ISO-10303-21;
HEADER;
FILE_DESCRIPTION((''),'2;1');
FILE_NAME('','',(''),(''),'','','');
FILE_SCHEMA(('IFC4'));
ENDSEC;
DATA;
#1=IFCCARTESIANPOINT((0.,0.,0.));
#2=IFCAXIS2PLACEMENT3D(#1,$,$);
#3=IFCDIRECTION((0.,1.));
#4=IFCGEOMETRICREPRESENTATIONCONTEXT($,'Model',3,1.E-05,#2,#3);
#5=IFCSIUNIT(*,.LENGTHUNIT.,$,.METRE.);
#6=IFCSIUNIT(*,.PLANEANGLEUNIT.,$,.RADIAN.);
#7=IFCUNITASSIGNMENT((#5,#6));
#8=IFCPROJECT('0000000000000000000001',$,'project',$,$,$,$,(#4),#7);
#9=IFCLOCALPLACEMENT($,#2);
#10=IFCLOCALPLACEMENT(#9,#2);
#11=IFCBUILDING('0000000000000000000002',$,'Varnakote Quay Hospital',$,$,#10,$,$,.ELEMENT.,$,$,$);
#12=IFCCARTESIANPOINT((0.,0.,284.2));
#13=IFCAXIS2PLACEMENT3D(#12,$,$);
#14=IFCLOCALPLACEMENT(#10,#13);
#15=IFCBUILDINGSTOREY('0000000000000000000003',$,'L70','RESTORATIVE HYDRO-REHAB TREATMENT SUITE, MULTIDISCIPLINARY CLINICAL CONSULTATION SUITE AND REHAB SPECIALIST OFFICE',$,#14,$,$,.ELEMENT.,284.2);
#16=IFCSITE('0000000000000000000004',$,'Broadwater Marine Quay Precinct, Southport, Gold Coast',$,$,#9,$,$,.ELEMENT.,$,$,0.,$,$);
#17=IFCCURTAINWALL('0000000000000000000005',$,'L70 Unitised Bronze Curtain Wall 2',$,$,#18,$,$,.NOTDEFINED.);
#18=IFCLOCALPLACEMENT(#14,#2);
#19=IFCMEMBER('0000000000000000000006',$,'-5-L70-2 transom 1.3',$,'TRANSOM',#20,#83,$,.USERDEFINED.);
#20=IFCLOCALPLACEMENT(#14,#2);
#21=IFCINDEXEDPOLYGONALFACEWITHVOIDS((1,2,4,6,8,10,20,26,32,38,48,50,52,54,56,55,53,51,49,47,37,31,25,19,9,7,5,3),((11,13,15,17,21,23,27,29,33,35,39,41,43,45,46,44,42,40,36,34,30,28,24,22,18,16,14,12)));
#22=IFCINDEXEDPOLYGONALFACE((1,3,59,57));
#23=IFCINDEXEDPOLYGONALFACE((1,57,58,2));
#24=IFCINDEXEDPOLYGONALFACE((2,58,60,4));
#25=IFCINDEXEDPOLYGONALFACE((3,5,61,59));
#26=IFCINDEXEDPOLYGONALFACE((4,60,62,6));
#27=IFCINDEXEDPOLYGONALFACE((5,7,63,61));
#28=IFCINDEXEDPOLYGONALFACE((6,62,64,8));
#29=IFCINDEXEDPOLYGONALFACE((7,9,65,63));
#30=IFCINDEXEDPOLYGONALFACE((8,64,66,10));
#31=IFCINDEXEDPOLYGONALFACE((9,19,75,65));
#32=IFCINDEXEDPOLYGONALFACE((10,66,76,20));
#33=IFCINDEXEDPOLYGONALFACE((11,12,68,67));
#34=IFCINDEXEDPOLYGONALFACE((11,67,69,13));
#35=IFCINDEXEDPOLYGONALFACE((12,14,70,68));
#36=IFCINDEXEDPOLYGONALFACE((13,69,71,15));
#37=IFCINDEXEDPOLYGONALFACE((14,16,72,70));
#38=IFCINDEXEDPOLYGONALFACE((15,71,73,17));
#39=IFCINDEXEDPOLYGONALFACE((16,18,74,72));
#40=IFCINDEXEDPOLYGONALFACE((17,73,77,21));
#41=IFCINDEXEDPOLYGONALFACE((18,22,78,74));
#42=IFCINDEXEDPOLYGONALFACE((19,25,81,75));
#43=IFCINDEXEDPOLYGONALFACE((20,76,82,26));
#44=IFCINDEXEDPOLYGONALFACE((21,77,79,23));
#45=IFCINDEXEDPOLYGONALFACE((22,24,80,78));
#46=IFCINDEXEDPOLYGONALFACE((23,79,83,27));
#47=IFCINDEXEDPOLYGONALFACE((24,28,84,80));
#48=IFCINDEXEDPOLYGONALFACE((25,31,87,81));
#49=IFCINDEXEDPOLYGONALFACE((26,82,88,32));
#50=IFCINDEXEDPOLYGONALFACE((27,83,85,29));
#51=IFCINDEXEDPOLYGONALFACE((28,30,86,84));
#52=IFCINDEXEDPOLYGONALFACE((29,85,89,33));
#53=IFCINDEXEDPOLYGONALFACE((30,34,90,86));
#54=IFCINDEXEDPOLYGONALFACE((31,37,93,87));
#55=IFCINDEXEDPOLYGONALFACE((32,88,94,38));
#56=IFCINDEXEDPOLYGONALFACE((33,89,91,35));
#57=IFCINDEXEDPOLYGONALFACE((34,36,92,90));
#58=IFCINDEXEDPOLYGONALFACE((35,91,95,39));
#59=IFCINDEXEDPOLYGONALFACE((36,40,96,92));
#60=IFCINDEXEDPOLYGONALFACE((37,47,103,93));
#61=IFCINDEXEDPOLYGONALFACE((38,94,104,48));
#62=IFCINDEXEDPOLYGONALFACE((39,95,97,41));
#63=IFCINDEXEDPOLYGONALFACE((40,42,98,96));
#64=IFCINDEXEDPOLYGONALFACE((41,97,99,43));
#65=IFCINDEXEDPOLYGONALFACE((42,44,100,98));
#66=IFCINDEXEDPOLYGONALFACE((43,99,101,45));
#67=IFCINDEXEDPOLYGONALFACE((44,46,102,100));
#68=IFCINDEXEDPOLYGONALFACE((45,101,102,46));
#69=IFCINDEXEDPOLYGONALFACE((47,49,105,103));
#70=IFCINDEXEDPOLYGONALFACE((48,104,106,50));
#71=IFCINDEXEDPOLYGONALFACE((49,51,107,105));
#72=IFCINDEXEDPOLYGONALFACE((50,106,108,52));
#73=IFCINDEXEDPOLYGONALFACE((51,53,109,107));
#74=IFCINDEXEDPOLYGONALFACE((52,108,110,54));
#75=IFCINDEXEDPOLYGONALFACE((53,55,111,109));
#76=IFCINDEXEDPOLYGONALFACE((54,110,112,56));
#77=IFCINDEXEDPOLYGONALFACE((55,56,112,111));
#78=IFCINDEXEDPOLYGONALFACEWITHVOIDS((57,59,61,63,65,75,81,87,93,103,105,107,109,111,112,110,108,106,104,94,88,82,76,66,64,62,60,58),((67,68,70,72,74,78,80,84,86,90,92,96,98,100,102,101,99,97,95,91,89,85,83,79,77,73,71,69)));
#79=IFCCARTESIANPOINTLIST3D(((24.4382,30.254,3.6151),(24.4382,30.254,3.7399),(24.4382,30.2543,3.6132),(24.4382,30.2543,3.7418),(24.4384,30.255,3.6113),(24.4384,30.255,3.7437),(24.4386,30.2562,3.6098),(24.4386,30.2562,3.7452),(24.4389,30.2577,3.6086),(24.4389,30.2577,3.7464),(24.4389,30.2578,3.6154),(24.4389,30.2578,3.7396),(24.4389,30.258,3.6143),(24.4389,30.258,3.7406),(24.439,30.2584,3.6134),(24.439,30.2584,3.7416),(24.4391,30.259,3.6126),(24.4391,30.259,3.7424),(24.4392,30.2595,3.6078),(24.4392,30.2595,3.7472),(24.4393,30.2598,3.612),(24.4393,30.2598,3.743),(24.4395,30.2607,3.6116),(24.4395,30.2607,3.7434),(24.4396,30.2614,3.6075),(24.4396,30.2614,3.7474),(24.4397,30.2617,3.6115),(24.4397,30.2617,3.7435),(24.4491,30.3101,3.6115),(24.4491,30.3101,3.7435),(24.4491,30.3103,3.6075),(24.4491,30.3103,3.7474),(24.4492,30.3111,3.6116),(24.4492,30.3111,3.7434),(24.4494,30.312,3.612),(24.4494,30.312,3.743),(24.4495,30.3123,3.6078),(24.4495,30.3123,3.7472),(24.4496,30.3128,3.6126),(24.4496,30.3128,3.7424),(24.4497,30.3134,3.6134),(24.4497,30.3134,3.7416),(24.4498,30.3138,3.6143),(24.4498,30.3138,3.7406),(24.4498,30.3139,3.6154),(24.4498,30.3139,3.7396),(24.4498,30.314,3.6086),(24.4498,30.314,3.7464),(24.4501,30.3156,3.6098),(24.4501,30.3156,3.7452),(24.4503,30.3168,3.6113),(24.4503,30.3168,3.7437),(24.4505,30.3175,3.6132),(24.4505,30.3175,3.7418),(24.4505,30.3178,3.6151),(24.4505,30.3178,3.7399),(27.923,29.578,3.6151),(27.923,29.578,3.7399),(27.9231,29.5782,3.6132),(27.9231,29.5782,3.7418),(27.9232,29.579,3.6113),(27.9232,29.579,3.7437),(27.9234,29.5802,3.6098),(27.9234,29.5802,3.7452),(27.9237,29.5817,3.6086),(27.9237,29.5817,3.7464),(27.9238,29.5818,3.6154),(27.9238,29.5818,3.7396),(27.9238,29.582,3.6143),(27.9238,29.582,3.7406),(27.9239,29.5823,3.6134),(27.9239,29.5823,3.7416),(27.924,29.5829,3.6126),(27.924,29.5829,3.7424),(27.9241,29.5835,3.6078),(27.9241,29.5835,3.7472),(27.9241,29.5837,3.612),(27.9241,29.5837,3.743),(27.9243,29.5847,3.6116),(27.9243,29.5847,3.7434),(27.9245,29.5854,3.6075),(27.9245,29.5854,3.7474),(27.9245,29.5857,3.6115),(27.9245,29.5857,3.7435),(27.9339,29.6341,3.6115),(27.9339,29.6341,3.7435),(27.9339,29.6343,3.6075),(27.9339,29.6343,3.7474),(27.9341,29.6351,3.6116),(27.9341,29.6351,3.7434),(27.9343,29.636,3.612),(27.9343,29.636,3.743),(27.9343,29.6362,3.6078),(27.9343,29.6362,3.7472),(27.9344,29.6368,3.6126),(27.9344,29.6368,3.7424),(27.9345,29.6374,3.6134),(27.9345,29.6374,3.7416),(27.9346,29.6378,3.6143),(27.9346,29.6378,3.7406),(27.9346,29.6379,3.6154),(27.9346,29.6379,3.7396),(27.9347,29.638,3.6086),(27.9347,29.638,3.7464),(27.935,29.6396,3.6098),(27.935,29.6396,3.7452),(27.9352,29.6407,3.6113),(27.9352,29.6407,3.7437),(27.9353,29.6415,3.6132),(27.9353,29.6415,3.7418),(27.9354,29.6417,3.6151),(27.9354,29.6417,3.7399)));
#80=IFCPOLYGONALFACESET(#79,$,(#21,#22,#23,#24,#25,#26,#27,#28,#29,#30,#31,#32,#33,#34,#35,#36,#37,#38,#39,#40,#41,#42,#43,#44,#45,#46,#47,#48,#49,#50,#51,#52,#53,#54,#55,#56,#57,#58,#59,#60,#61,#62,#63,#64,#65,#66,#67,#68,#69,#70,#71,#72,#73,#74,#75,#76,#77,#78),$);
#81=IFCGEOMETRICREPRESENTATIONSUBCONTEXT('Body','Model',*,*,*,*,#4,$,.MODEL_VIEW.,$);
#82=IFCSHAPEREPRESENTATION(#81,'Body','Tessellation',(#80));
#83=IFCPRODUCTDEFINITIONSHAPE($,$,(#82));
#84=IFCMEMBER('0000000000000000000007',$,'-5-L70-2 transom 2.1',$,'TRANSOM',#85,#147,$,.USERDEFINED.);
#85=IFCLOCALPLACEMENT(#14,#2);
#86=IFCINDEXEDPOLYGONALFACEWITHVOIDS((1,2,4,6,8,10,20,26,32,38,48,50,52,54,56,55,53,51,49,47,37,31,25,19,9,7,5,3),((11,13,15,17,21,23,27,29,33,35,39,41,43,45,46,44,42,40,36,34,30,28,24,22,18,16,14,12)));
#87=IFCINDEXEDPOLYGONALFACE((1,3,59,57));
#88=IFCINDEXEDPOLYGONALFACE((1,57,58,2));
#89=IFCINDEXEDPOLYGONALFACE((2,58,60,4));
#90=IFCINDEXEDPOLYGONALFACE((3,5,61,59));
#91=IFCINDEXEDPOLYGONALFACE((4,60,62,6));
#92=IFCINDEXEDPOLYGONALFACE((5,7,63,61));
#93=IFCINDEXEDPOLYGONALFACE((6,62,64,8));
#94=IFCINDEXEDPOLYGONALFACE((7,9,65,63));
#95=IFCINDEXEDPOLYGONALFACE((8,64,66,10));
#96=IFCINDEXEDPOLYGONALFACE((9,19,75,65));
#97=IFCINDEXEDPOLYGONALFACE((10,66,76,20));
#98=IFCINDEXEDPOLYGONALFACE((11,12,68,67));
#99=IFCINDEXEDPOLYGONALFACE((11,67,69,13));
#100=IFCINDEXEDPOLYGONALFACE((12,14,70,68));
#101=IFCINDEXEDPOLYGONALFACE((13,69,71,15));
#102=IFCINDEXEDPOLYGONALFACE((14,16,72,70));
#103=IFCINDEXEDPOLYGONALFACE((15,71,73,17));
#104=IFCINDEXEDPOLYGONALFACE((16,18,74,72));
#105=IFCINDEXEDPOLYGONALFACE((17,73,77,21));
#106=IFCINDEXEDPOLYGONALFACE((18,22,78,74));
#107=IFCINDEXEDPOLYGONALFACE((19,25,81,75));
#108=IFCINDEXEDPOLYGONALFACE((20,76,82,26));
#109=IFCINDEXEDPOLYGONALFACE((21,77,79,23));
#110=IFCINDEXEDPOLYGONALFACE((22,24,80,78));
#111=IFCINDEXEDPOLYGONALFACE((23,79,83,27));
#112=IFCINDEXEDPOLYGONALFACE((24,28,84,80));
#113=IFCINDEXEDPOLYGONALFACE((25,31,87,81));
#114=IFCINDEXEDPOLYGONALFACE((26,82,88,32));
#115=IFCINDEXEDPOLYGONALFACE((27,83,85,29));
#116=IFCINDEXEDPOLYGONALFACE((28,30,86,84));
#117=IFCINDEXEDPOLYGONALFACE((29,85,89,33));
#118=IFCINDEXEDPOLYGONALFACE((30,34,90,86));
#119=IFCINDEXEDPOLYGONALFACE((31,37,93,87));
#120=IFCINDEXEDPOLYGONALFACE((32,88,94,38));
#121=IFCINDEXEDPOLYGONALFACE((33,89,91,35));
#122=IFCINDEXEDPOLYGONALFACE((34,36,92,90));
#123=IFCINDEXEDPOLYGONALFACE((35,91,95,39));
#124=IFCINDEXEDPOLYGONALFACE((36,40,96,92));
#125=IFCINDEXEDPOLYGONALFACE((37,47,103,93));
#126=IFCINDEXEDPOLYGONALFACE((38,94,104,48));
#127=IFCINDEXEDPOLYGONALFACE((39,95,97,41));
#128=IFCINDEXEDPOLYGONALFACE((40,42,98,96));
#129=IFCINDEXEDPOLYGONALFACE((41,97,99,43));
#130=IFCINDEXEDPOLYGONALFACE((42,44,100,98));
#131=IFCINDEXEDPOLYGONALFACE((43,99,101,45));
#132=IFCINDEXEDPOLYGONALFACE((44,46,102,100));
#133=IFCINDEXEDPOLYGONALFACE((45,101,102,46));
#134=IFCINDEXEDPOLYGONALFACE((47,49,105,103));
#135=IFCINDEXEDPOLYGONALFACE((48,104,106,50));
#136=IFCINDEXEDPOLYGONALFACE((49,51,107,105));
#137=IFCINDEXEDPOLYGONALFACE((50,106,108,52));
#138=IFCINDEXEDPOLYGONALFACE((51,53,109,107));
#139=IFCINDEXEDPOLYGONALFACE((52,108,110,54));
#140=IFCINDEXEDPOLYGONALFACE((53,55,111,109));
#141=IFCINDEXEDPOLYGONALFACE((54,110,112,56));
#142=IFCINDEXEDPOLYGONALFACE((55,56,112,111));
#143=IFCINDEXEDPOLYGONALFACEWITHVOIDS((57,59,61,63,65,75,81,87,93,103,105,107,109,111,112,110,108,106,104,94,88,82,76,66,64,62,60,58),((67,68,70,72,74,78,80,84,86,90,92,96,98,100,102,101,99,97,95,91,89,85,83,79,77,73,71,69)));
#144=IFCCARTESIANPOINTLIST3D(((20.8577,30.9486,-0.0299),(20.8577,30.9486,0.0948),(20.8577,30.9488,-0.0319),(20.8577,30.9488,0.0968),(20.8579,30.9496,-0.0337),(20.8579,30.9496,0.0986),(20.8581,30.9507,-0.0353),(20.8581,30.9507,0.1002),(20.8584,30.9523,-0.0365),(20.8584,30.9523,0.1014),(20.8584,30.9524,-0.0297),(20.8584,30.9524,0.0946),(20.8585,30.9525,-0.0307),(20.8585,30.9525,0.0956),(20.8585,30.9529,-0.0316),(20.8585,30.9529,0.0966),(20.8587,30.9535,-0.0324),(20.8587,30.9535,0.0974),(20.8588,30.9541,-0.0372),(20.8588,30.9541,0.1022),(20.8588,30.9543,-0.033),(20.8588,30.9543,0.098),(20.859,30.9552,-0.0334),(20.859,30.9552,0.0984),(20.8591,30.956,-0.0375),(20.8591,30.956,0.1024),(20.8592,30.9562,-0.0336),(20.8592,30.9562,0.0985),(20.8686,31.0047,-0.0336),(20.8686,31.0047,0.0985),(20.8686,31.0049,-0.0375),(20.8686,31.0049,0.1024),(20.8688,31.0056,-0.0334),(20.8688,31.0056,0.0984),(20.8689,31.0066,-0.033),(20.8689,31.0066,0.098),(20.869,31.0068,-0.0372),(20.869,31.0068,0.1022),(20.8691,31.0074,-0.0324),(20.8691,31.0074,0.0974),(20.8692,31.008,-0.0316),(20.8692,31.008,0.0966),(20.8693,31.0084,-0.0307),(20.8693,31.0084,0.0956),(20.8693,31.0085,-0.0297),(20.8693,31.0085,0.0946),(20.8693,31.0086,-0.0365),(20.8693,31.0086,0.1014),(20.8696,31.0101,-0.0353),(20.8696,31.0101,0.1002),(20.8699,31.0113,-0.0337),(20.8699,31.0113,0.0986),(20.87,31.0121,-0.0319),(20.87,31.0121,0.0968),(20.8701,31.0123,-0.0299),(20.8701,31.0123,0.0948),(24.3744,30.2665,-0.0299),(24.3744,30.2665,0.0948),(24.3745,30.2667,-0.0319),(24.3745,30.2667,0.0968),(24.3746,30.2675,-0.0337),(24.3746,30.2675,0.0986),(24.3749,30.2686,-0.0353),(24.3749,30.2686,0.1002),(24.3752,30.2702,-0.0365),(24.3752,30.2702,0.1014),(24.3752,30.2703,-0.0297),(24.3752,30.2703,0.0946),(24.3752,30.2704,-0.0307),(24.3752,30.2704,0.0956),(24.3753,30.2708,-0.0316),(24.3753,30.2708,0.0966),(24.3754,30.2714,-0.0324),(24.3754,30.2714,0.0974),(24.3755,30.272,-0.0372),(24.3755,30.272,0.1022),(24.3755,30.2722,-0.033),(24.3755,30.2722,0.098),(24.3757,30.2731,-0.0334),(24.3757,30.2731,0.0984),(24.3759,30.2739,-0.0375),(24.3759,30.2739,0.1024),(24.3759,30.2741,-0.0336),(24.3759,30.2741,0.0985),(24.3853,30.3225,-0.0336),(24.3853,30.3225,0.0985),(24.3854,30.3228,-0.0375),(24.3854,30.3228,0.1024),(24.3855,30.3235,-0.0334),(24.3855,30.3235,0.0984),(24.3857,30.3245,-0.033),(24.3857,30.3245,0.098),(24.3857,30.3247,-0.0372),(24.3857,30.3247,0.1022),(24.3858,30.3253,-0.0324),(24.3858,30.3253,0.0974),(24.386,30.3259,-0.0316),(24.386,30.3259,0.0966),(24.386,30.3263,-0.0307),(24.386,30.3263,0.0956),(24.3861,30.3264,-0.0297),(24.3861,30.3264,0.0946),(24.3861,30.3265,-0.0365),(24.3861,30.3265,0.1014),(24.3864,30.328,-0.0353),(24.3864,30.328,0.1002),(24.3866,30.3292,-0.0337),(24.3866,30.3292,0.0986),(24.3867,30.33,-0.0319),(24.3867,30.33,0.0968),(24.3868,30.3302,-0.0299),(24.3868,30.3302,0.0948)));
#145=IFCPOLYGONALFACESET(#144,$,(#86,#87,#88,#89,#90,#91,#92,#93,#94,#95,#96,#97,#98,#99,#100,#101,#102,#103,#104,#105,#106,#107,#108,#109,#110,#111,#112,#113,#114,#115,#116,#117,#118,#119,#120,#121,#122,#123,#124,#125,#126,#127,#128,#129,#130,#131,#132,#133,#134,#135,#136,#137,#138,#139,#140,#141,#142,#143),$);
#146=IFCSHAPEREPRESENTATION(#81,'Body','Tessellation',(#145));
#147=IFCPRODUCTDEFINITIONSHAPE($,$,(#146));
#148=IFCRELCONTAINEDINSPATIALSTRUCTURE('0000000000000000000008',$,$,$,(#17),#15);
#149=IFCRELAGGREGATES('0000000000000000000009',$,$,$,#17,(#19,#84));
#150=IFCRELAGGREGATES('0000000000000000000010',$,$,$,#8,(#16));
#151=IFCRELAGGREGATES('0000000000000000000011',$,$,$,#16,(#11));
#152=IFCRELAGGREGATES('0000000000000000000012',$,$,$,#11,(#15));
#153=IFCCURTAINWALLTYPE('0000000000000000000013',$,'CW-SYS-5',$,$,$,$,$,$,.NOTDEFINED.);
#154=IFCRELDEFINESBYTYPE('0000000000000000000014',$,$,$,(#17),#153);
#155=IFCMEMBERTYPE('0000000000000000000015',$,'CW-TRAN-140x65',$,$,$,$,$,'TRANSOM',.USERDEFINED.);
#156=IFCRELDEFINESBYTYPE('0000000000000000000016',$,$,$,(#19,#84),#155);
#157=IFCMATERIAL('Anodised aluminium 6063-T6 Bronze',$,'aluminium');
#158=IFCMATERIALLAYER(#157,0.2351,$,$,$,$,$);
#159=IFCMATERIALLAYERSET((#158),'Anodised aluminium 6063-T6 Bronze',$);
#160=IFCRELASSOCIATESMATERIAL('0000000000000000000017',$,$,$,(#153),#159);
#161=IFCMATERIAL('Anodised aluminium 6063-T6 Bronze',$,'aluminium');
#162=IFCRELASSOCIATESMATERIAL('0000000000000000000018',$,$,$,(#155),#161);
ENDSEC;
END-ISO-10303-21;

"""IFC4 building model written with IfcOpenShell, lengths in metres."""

from ifc_helpers import new_model, si_unit, direction, frame, origin, origin_2d, place, context, subcontext, project, spatial, hollow_rectangle, extrude, material, layer, layer_set, material_profile, profile_set, type_object, element, aggregate, save


model = new_model("IFC4")

# Units and contexts
model_context = context("Model", 3, precision=1e-05, world=origin(), true_north=direction((0.0, 1.0)))
body_context = subcontext(model_context, "Body", "Model", "MODEL_VIEW")
ifc_project = project(units=[si_unit("LENGTHUNIT", "METRE"), si_unit("PLANEANGLEUNIT", "RADIAN")], contexts=[model_context])

# Site, building, storey
site_placement = place(None, origin())
site = spatial("IfcSite", under=ifc_project, at=site_placement, Name="Broadwater Marine Quay Precinct, Southport, Gold Coast", CompositionType="ELEMENT", RefElevation=0.0)
building_placement = place(site_placement, origin())
building = spatial("IfcBuilding", under=site, at=building_placement, Name="Varnakote Quay Hospital", CompositionType="ELEMENT")
storey_placement = place(building_placement, frame((0.0, 0.0, 284.2)))
storey = spatial("IfcBuildingStorey", under=building, at=storey_placement, Name="L70", Description="RESTORATIVE HYDRO-REHAB TREATMENT SUITE, MULTIDISCIPLINARY CLINICAL CONSULTATION SUITE AND REHAB SPECIALIST OFFICE", CompositionType="ELEMENT", Elevation=284.2)

# Shared definitions
ifc_material_1 = material(Name="Anodised aluminium 6063-T6 Bronze", Category="aluminium")
ifc_layer_1 = layer(ifc_material_1, 0.2351)
ifc_layer_set_1 = layer_set([ifc_layer_1], Name="Anodised aluminium 6063-T6 Bronze")
curtain_wall_type = type_object("IfcCurtainWallType", Name="CW-SYS-5", PredefinedType="NOTDEFINED", material=ifc_layer_set_1)

# Curtain wall, members
curtain_wall_1_placement = place(storey_placement, origin())
curtain_wall_1 = element("IfcCurtainWall", 1, at=curtain_wall_1_placement, inside=storey, type_object=curtain_wall_type, Name="L70 Unitised Bronze Curtain Wall 2", PredefinedType="NOTDEFINED")
ifc_material_2 = material(Name="Anodised aluminium 6063-T6 Bronze", Category="aluminium")
ifc_material_profile_1 = material_profile(ifc_material_2, hollow_rectangle(XDim=0.0649, YDim=0.1399, WallThickness=0.0039, InnerFilletRadius=0.0039, OuterFilletRadius=0.0076, at=origin_2d()), Name="CW-TRAN-140x65")
ifc_profile_set_1 = profile_set([ifc_material_profile_1], Name="Anodised aluminium 6063-T6 Bronze")
member_type_1 = type_object("IfcMemberType", Name="CW-TRAN-140x65", ElementType="TRANSOM", PredefinedType="USERDEFINED", material=ifc_profile_set_1)
member_1_placement = place(storey_placement, frame((27.9292, 29.6099, 3.6775), z_axis=(-0.981699, 0.190439, 0.0), x_axis=(-0.190439, -0.981699, 0.0)))
member_1 = element("IfcMember", 2, at=member_1_placement, type_object=member_type_1, Name="-5-L70-2 transom 1.3", ObjectType="TRANSOM", PredefinedType="USERDEFINED", context=body_context, shape_type="SweptSolid", body=[
    extrude(hollow_rectangle(XDim=0.0649, YDim=0.1399, WallThickness=0.0039, InnerFilletRadius=0.0039, OuterFilletRadius=0.0076, at=origin_2d()), origin(), (0.0, 0.0, 1.0), 3.5498),
])
member_2_placement = place(storey_placement, frame((24.3806, 30.2983, 0.0325), z_axis=(-0.981704, 0.190412, 0.0), x_axis=(-0.190412, -0.981704, 0.0)))
member_2 = element("IfcMember", 3, at=member_2_placement, type_object=member_type_1, Name="-5-L70-2 transom 2.1", ObjectType="TRANSOM", PredefinedType="USERDEFINED", context=body_context, shape_type="SweptSolid", body=[
    extrude(hollow_rectangle(XDim=0.0649, YDim=0.1399, WallThickness=0.0039, InnerFilletRadius=0.0039, OuterFilletRadius=0.0076, at=origin_2d()), origin(), (0.0, 0.0, 1.0), 3.5823),
])

aggregate(curtain_wall_1, [member_1, member_2])

save(model, "model.ifc")
